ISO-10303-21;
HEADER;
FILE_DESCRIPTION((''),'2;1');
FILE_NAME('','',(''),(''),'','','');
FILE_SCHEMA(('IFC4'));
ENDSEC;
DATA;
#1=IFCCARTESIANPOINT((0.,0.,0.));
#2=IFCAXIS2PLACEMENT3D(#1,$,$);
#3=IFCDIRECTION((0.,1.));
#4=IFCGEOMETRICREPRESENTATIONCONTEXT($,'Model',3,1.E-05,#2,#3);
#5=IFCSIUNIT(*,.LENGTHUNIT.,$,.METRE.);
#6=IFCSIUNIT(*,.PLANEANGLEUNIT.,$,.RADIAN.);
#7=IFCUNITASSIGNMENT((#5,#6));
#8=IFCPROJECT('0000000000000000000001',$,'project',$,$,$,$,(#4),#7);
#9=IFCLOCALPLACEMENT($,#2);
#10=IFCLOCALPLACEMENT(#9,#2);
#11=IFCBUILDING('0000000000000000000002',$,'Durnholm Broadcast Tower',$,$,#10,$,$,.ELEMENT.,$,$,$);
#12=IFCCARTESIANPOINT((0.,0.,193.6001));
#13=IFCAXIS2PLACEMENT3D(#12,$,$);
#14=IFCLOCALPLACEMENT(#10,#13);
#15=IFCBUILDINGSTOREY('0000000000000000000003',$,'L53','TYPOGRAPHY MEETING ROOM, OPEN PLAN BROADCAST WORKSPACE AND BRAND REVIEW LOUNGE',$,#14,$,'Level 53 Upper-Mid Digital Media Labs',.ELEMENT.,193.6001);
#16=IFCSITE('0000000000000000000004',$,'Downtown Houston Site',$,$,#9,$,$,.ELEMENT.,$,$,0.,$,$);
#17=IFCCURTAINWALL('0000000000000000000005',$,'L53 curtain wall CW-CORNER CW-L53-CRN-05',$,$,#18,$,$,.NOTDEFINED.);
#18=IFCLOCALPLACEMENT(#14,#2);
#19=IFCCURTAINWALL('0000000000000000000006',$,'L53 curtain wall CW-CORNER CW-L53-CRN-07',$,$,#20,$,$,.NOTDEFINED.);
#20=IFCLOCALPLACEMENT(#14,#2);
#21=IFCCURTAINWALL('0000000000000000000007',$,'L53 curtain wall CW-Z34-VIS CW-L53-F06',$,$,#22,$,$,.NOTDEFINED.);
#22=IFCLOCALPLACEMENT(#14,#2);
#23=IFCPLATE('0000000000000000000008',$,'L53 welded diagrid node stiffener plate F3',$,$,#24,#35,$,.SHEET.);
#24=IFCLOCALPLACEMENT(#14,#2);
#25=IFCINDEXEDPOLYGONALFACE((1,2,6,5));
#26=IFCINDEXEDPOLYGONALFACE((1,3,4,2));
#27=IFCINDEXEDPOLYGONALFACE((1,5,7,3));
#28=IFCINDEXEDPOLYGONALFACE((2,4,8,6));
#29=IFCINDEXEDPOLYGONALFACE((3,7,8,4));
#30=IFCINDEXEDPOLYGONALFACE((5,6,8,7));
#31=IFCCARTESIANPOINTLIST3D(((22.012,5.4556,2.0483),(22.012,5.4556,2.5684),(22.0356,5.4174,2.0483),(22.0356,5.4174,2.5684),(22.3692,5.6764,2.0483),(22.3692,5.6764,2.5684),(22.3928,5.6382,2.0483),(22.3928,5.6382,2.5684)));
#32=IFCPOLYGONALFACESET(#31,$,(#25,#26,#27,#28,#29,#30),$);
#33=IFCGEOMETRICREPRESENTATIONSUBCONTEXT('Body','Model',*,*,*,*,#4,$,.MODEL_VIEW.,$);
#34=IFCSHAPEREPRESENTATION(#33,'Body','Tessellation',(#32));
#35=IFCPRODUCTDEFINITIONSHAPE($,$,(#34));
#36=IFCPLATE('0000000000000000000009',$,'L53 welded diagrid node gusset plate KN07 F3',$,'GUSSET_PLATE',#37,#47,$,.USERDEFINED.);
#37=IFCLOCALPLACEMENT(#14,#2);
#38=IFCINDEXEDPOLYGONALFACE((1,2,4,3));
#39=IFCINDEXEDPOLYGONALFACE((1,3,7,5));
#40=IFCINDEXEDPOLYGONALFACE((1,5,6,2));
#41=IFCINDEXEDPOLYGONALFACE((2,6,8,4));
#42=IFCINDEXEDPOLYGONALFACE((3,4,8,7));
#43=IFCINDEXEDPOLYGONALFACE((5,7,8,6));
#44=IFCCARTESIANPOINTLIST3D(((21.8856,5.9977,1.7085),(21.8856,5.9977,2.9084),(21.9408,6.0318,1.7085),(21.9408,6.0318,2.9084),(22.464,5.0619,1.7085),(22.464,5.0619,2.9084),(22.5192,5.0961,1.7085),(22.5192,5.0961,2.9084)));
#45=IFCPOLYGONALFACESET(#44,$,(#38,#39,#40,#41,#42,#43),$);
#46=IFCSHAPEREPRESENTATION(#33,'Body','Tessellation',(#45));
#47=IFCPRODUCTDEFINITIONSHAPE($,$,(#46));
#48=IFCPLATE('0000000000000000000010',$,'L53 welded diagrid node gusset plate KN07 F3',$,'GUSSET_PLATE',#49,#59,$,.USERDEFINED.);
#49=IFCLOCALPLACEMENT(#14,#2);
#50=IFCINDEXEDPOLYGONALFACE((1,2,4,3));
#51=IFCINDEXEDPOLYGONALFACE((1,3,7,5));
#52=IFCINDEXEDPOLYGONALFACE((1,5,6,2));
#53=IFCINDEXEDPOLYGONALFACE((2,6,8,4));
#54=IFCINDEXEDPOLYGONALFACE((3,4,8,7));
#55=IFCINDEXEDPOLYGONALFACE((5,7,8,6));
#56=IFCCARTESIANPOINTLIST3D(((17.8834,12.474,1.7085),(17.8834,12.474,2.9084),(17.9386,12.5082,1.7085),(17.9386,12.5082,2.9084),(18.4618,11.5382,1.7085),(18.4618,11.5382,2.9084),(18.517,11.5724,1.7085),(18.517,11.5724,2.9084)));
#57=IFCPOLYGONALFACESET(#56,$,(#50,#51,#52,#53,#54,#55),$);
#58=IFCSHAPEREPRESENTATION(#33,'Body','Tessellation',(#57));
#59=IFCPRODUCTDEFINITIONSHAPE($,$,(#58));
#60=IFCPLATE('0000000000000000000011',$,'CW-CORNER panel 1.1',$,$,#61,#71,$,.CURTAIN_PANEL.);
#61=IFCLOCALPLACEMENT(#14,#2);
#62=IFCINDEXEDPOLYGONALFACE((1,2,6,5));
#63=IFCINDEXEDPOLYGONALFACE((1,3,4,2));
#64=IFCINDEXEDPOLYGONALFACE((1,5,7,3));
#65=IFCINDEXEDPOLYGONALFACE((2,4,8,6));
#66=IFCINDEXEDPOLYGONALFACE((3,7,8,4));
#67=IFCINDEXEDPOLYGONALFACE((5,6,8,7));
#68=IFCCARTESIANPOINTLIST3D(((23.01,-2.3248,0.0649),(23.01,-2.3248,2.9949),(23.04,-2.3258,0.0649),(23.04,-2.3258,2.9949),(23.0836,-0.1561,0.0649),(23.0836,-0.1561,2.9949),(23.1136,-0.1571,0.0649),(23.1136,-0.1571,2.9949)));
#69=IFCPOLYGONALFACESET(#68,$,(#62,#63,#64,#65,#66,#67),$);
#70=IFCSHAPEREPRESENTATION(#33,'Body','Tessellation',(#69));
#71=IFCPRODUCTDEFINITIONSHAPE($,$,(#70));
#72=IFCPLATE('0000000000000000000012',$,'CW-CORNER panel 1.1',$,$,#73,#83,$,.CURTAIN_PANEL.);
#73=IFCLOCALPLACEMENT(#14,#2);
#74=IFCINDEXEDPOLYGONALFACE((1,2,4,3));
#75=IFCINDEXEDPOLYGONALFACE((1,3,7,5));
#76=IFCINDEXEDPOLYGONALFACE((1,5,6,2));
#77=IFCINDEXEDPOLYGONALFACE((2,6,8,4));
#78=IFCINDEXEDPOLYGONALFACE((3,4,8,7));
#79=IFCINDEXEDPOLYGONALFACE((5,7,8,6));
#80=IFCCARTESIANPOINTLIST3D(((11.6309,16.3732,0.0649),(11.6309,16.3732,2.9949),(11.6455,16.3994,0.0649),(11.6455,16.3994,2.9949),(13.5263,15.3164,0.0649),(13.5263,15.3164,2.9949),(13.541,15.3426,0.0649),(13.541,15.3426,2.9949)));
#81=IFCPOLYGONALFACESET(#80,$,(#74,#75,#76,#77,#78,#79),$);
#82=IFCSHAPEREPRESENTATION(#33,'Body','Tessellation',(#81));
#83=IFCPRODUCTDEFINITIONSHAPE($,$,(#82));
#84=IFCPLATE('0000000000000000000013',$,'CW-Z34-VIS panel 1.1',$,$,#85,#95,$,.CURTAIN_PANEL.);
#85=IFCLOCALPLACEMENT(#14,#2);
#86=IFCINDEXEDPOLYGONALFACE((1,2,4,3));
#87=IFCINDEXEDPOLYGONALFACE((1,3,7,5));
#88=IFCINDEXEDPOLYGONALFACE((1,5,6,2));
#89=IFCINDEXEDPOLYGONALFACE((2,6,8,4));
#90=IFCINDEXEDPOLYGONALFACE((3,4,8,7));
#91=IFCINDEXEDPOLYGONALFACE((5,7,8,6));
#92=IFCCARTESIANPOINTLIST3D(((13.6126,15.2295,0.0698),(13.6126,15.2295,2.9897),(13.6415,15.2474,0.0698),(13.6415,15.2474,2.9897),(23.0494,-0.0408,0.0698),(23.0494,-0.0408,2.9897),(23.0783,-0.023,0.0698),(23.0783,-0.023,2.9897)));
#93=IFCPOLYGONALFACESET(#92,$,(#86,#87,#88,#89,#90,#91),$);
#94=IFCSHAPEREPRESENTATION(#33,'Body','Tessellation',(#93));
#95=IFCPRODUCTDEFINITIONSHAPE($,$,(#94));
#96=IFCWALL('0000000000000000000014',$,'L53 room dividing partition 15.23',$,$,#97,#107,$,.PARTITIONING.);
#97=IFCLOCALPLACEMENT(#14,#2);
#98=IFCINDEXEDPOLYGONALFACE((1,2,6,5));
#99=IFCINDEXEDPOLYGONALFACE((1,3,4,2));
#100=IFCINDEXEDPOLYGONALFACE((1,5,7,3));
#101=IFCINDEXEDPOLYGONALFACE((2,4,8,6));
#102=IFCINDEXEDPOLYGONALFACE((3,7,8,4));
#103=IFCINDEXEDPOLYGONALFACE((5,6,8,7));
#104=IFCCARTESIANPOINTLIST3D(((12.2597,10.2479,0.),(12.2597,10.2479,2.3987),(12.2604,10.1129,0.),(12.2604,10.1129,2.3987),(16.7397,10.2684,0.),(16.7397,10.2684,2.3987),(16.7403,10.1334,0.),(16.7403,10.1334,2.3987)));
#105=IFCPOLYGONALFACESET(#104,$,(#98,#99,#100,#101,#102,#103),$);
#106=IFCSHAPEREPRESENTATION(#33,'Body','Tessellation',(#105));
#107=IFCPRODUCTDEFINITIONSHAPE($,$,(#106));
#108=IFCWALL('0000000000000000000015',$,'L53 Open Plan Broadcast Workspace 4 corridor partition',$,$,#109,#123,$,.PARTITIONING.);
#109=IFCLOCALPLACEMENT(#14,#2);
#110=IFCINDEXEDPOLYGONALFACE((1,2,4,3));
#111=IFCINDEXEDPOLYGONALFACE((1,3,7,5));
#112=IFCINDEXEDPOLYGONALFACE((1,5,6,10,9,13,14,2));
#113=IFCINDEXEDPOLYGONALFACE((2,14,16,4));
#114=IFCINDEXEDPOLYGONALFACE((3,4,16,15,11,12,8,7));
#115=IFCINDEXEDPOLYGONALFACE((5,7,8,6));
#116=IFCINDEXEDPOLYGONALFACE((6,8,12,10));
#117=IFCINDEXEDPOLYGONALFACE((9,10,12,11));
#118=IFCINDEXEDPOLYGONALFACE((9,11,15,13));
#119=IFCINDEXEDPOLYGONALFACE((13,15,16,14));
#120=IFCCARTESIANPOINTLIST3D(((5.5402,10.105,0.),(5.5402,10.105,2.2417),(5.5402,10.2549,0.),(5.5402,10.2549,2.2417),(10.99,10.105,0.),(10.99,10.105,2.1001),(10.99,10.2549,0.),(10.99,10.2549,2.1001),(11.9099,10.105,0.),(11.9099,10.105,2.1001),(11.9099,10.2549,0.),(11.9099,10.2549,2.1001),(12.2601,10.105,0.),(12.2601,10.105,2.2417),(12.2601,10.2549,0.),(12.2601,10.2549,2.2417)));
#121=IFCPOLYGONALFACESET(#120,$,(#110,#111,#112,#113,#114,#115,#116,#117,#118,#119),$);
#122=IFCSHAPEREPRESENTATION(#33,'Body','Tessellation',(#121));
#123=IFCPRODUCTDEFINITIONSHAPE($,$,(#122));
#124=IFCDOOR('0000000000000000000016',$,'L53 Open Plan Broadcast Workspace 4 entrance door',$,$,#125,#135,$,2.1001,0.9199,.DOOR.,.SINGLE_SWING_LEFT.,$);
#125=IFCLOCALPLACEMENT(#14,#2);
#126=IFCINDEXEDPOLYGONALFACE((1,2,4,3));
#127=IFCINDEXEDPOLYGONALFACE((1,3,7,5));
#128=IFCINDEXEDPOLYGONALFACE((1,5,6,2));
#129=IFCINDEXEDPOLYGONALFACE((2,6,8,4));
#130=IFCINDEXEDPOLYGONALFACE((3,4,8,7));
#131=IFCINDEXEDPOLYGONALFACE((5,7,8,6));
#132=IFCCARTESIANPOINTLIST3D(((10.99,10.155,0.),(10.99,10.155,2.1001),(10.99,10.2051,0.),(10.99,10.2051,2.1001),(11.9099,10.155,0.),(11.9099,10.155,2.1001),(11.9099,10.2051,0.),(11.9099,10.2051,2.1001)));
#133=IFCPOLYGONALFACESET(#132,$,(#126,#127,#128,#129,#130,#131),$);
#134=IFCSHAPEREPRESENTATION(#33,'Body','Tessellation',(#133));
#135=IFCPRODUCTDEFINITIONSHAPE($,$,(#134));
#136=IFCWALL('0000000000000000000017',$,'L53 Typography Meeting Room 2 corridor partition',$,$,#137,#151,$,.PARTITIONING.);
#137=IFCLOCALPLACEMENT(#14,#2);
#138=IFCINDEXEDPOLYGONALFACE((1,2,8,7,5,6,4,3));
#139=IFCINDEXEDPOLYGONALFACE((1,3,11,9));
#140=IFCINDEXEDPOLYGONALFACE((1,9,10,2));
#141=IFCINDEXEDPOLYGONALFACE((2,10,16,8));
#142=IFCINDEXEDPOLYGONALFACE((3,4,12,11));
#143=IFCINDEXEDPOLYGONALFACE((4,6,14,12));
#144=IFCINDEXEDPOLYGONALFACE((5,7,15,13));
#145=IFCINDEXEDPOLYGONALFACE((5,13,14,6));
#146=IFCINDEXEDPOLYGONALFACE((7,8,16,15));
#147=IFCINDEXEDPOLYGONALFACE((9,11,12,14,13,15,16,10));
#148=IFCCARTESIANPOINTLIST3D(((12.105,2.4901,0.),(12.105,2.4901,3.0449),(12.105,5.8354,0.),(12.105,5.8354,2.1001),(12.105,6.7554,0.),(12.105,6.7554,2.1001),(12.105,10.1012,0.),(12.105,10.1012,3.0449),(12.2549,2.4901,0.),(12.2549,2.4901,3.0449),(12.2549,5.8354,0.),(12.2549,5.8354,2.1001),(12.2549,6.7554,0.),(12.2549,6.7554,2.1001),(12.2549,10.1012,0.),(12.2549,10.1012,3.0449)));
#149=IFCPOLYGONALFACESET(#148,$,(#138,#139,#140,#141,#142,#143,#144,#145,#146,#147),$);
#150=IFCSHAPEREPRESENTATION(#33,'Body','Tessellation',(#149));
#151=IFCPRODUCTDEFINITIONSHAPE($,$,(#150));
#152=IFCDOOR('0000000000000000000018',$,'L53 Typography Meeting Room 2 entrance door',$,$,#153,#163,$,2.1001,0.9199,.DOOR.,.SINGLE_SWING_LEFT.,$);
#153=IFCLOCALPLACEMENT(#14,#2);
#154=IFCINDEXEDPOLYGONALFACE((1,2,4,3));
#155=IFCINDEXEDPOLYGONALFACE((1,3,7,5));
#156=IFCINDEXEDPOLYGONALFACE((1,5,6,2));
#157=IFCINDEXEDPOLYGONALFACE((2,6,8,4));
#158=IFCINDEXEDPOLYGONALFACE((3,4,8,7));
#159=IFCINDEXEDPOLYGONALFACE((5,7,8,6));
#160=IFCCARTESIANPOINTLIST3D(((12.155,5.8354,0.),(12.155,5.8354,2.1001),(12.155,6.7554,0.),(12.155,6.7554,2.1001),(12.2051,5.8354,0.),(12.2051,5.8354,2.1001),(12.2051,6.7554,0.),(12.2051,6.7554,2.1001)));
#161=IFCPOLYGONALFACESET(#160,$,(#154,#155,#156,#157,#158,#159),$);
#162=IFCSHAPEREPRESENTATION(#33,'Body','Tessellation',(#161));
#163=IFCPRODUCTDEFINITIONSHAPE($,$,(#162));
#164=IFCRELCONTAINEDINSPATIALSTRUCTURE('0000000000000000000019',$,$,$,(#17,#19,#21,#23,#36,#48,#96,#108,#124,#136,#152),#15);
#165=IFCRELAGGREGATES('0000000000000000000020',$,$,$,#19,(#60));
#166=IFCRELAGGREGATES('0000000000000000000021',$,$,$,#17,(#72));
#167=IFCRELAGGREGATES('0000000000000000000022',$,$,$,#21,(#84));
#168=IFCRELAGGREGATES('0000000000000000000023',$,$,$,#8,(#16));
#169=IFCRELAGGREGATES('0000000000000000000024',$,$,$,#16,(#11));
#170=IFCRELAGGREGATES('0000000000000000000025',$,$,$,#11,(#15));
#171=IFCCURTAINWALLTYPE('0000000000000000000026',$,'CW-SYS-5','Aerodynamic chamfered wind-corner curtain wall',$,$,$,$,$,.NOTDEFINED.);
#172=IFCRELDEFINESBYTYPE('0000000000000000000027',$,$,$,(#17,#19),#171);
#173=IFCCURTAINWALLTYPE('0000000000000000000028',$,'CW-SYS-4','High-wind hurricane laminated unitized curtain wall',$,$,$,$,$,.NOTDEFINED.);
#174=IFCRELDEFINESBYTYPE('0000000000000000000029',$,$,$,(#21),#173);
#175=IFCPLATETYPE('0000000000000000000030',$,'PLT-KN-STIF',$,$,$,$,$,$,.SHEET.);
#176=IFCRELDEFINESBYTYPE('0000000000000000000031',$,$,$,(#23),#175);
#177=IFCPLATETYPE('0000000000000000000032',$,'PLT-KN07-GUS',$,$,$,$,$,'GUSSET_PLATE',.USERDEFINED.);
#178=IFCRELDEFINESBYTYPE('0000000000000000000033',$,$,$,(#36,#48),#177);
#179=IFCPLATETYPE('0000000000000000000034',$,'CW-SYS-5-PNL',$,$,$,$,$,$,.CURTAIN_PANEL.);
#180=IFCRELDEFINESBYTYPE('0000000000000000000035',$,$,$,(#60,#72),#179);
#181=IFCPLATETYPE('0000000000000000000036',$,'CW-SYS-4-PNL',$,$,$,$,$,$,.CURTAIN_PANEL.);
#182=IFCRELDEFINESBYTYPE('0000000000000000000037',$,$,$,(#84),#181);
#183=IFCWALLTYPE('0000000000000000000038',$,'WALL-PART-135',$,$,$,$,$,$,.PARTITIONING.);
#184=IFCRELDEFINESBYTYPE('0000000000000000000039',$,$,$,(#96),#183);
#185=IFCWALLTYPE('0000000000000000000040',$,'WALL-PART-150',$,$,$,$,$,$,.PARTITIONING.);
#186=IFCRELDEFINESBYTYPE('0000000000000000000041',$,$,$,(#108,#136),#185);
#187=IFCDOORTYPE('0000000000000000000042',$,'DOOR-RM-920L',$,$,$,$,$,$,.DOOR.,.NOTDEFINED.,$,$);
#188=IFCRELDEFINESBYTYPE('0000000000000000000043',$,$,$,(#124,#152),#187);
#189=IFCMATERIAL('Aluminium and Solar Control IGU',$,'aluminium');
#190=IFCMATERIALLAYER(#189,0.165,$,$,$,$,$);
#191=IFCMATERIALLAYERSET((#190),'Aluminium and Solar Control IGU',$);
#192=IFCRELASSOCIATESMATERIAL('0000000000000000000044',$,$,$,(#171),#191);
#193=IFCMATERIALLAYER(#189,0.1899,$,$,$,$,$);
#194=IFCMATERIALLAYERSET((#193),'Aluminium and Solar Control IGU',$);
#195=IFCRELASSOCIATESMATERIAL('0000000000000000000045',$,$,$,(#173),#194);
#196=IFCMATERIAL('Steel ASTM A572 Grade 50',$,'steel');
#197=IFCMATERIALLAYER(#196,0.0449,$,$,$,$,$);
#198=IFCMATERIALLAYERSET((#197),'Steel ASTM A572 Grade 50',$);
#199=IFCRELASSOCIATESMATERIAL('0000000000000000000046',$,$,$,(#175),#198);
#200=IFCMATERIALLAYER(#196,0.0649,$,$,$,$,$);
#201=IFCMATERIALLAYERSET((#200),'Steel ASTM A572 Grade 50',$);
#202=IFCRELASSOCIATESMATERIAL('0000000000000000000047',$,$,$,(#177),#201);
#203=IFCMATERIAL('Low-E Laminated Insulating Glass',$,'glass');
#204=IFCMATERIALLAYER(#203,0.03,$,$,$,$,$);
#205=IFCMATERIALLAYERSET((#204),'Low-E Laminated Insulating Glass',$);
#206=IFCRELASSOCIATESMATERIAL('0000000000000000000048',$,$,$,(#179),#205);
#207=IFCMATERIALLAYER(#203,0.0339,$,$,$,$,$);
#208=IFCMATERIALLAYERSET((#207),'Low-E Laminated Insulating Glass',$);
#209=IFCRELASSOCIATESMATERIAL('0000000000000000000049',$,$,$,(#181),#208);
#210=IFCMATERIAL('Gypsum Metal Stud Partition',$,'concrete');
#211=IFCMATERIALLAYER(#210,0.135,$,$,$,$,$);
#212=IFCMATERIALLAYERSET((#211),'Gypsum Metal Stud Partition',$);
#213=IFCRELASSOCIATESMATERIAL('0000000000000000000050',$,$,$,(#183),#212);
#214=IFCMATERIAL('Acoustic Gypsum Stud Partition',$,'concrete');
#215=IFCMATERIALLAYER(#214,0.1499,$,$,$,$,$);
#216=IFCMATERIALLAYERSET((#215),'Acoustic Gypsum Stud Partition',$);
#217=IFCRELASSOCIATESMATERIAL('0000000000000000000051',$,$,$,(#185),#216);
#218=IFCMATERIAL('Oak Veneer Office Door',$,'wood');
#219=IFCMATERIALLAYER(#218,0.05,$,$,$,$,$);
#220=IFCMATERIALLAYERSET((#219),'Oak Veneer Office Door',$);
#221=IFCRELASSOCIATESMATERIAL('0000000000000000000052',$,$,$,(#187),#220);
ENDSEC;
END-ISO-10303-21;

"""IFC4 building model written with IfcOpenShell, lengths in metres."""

from ifc_helpers import new_model, si_unit, direction, frame, frame_2d, origin, origin_2d, place, context, subcontext, project, spatial, rectangle, extrude, source, transform, mapped, material, layer, layer_set, type_object, type_shapes, element, fill, aggregate, save


model = new_model("IFC4")

# Units and contexts
model_context = context("Model", 3, precision=1e-05, world=origin(), true_north=direction((0.0, 1.0)))
body_context = subcontext(model_context, "Body", "Model", "MODEL_VIEW")
ifc_project = project(units=[si_unit("LENGTHUNIT", "METRE"), si_unit("PLANEANGLEUNIT", "RADIAN")], contexts=[model_context])

# Site, building, storey
site_placement = place(None, origin())
site = spatial("IfcSite", under=ifc_project, at=site_placement, Name="Downtown Houston Site", CompositionType="ELEMENT", RefElevation=0.0)
building_placement = place(site_placement, origin())
building = spatial("IfcBuilding", under=site, at=building_placement, Name="Durnholm Broadcast Tower", CompositionType="ELEMENT")
storey_placement = place(building_placement, frame((0.0, 0.0, 193.6001)))
storey = spatial("IfcBuildingStorey", under=building, at=storey_placement, Name="L53", Description="TYPOGRAPHY MEETING ROOM, OPEN PLAN BROADCAST WORKSPACE AND BRAND REVIEW LOUNGE", LongName="Level 53 Upper-Mid Digital Media Labs", CompositionType="ELEMENT", Elevation=193.6001)

# Curtain wall
ifc_material_1 = material(Name="Aluminium and Solar Control IGU", Category="aluminium")
ifc_layer_1 = layer(ifc_material_1, 0.165)
ifc_layer_set_1 = layer_set([ifc_layer_1], Name="Aluminium and Solar Control IGU")
curtain_wall_type_1 = type_object("IfcCurtainWallType", Name="CW-SYS-5", Description="Aerodynamic chamfered wind-corner curtain wall", PredefinedType="NOTDEFINED", material=ifc_layer_set_1)
curtain_wall_1_placement = place(storey_placement, origin())
curtain_wall_1 = element("IfcCurtainWall", 1, at=curtain_wall_1_placement, inside=storey, type_object=curtain_wall_type_1, Name="L53 curtain wall CW-CORNER CW-L53-CRN-05", PredefinedType="NOTDEFINED")

# Curtain wall
curtain_wall_2_placement = place(storey_placement, origin())
curtain_wall_2 = element("IfcCurtainWall", 2, at=curtain_wall_2_placement, inside=storey, type_object=curtain_wall_type_1, Name="L53 curtain wall CW-CORNER CW-L53-CRN-07", PredefinedType="NOTDEFINED")

# Curtain wall
ifc_layer_2 = layer(ifc_material_1, 0.1899)
ifc_layer_set_2 = layer_set([ifc_layer_2], Name="Aluminium and Solar Control IGU")
curtain_wall_type_2 = type_object("IfcCurtainWallType", Name="CW-SYS-4", Description="High-wind hurricane laminated unitized curtain wall", PredefinedType="NOTDEFINED", material=ifc_layer_set_2)
curtain_wall_3_placement = place(storey_placement, origin())
curtain_wall_3 = element("IfcCurtainWall", 3, at=curtain_wall_3_placement, inside=storey, type_object=curtain_wall_type_2, Name="L53 curtain wall CW-Z34-VIS CW-L53-F06", PredefinedType="NOTDEFINED")

# Plates
ifc_material_2 = material(Name="Steel ASTM A572 Grade 50", Category="steel")
ifc_layer_3 = layer(ifc_material_2, 0.0449)
ifc_layer_set_3 = layer_set([ifc_layer_3], Name="Steel ASTM A572 Grade 50")
plate_type_1 = type_object("IfcPlateType", Name="PLT-KN-STIF", PredefinedType="SHEET", material=ifc_layer_set_3)
shared_shape_1 = source(origin(), body_context, "Body", "SweptSolid", [
    extrude(rectangle(XDim=0.0449, YDim=0.4199, at=origin_2d()), origin(), (0.0, 0.0, 1.0), 0.52),
])
type_shapes(plate_type_1, [shared_shape_1])
plate_1_placement = place(storey_placement, frame((22.2024, 5.5469, 2.0483), z_axis=(0.0, 0.0, 1.0), x_axis=(-0.525769, 0.850628, 0.0)))
element("IfcPlate", 4, at=plate_1_placement, inside=storey, type_object=plate_type_1, Name="L53 welded diagrid node stiffener plate F3", PredefinedType="SHEET", context=body_context, shape_type="MappedRepresentation", body=[
    mapped(shared_shape_1, transform((0.0, 0.0, 0.0), x_axis=(1.0, 0.0, 0.0), y_axis=(0.0, 1.0, 0.0), z_axis=(0.0, 0.0, 1.0), scale=1.0)),
])
ifc_layer_4 = layer(ifc_material_2, 0.0649)
ifc_layer_set_4 = layer_set([ifc_layer_4], Name="Steel ASTM A572 Grade 50")
plate_type_2 = type_object("IfcPlateType", Name="PLT-KN07-GUS", ElementType="GUSSET_PLATE", PredefinedType="USERDEFINED", material=ifc_layer_set_4)
shared_shape_2 = source(origin(), body_context, "Body", "SweptSolid", [
    extrude(rectangle(XDim=1.1001, YDim=0.0649, at=origin_2d()), origin(), (0.0, 0.0, 1.0), 1.2),
])
type_shapes(plate_type_2, [shared_shape_2])
for number, where, z_axis, x_axis, name in (
    (5, (22.2024, 5.5469, 1.7085), (0.0, 0.0, 1.0), (-0.525769, 0.850628, 0.0), "L53 welded diagrid node gusset plate KN07 F3"),
    (6, (18.2002, 12.0232, 1.7085), (0.0, 0.0, 1.0), (-0.525769, 0.850628, 0.0), "L53 welded diagrid node gusset plate KN07 F3"),
):
    element("IfcPlate", number, at=place(storey_placement, frame(where, z_axis=z_axis, x_axis=x_axis)), inside=storey, type_object=plate_type_2, Name=name, ObjectType="GUSSET_PLATE", PredefinedType="USERDEFINED", context=body_context, shape_type="MappedRepresentation", body=[
        mapped(shared_shape_2, transform((0.0, 0.0, 0.0), x_axis=(1.0, 0.0, 0.0), y_axis=(0.0, 1.0, 0.0), z_axis=(0.0, 0.0, 1.0), scale=1.0)),
    ])

# Plates
ifc_material_3 = material(Name="Low-E Laminated Insulating Glass", Category="glass")
ifc_layer_5 = layer(ifc_material_3, 0.03)
ifc_layer_set_5 = layer_set([ifc_layer_5], Name="Low-E Laminated Insulating Glass")
plate_type_3 = type_object("IfcPlateType", Name="CW-SYS-5-PNL", PredefinedType="CURTAIN_PANEL", material=ifc_layer_set_5)
shared_shape_3 = source(origin(), body_context, "Body", "SweptSolid", [
    extrude(rectangle(XDim=2.1699, YDim=0.03, at=origin_2d()), origin(), (0.0, 0.0, 1.0), 2.9299),
])
plate_2_placement = place(storey_placement, frame((23.0618, -1.241, 0.0649), z_axis=(0.0, 0.0, 1.0), x_axis=(-0.033913, -0.999425, 0.0)))
plate_2 = element("IfcPlate", 7, at=plate_2_placement, type_object=plate_type_3, Name="CW-CORNER panel 1.1", PredefinedType="CURTAIN_PANEL", context=body_context, shape_type="MappedRepresentation", body=[
    mapped(shared_shape_3, transform((0.0, 0.0, 0.0), x_axis=(1.0, 0.0, 0.0), y_axis=(0.0, 1.0, 0.0), z_axis=(0.0, 0.0, 1.0), scale=1.0)),
])
aggregate(curtain_wall_2, [plate_2])
shared_shape_4 = source(origin(), body_context, "Body", "SweptSolid", [
    extrude(rectangle(XDim=2.1702, YDim=0.03, at=origin_2d()), origin(), (0.0, 0.0, 1.0), 2.9299),
])
type_shapes(plate_type_3, [shared_shape_3, shared_shape_4])
plate_3_placement = place(storey_placement, frame((12.5859, 15.8579, 0.0649), z_axis=(0.0, 0.0, 1.0), x_axis=(0.87341, -0.486986, 0.0)))
plate_3 = element("IfcPlate", 8, at=plate_3_placement, type_object=plate_type_3, Name="CW-CORNER panel 1.1", PredefinedType="CURTAIN_PANEL", context=body_context, shape_type="MappedRepresentation", body=[
    mapped(shared_shape_4, transform((0.0, 0.0, 0.0), x_axis=(1.0, 0.0, 0.0), y_axis=(0.0, 1.0, 0.0), z_axis=(0.0, 0.0, 1.0), scale=1.0)),
])
aggregate(curtain_wall_1, [plate_3])
ifc_layer_6 = layer(ifc_material_3, 0.0339)
ifc_layer_set_6 = layer_set([ifc_layer_6], Name="Low-E Laminated Insulating Glass")
plate_type_4 = type_object("IfcPlateType", Name="CW-SYS-4-PNL", PredefinedType="CURTAIN_PANEL", material=ifc_layer_set_6)
shared_shape_5 = source(origin(), body_context, "Body", "SweptSolid", [
    extrude(rectangle(XDim=17.9509, YDim=0.0339, at=origin_2d()), origin(), (0.0, 0.0, 1.0), 2.9199),
])
type_shapes(plate_type_4, [shared_shape_5])
plate_4_placement = place(storey_placement, frame((18.3455, 7.6033, 0.0698), z_axis=(0.0, 0.0, 1.0), x_axis=(0.525698, -0.850671, 0.0)))
plate_4 = element("IfcPlate", 9, at=plate_4_placement, type_object=plate_type_4, Name="CW-Z34-VIS panel 1.1", PredefinedType="CURTAIN_PANEL", context=body_context, shape_type="MappedRepresentation", body=[
    mapped(shared_shape_5, transform((0.0, 0.0, 0.0), x_axis=(1.0, 0.0, 0.0), y_axis=(0.0, 1.0, 0.0), z_axis=(0.0, 0.0, 1.0), scale=1.0)),
])
aggregate(curtain_wall_3, [plate_4])

# Wall
ifc_material_4 = material(Name="Gypsum Metal Stud Partition", Category="concrete")
ifc_layer_7 = layer(ifc_material_4, 0.135)
ifc_layer_set_7 = layer_set([ifc_layer_7], Name="Gypsum Metal Stud Partition")
wall_type_1 = type_object("IfcWallType", Name="WALL-PART-135", PredefinedType="PARTITIONING", material=ifc_layer_set_7)
wall_1_placement = place(storey_placement, frame((16.74, 10.2009, 0.0), z_axis=(0.0, 0.0, 1.0), x_axis=(-0.99999, -0.004578, 0.0)))
element("IfcWall", 10, at=wall_1_placement, inside=storey, type_object=wall_type_1, Name="L53 room dividing partition 15.23", PredefinedType="PARTITIONING", context=body_context, shape_type="SweptSolid", body=[
    extrude(rectangle(XDim=4.48, YDim=0.135, at=frame_2d((2.24, 0.0))), origin(), (0.0, 0.0, 1.0), 2.3987),
])

# Walls, openings, doors
ifc_material_5 = material(Name="Acoustic Gypsum Stud Partition", Category="concrete")
ifc_layer_8 = layer(ifc_material_5, 0.1499)
ifc_layer_set_8 = layer_set([ifc_layer_8], Name="Acoustic Gypsum Stud Partition")
wall_type_2 = type_object("IfcWallType", Name="WALL-PART-150", PredefinedType="PARTITIONING", material=ifc_layer_set_8)
wall_2_placement = place(storey_placement, frame((12.26, 10.1799, 0.0), z_axis=(0.0, 0.0, 1.0), x_axis=(-1.0, 0.0, 0.0)))
wall_2 = element("IfcWall", 11, at=wall_2_placement, inside=storey, type_object=wall_type_2, Name="L53 Open Plan Broadcast Workspace 4 corridor partition", PredefinedType="PARTITIONING", context=body_context, shape_type="SweptSolid", body=[
    extrude(rectangle(XDim=6.72, YDim=0.1499, at=frame_2d((3.3599, 0.0))), origin(), (0.0, 0.0, 1.0), 2.2417),
])
opening_1_placement = place(wall_2_placement, frame((0.3501, 0.0, 0.0)))
opening_1 = element("IfcOpeningElement", 12, at=opening_1_placement, cuts=wall_2, PredefinedType="OPENING", context=body_context, shape_type="SweptSolid", body=[
    extrude(rectangle(XDim=0.9199, YDim=2.1001, at=frame_2d((0.46, 1.05))), frame((0.0, 0.085, 0.0), z_axis=(0.0, -1.0, 0.0), x_axis=(1.0, 0.0, 0.0)), (0.0, 0.0, 1.0), 0.1699),
])
ifc_material_6 = material(Name="Oak Veneer Office Door", Category="wood")
ifc_layer_9 = layer(ifc_material_6, 0.05)
ifc_layer_set_9 = layer_set([ifc_layer_9], Name="Oak Veneer Office Door")
door_type = type_object("IfcDoorType", Name="DOOR-RM-920L", OperationType="NOTDEFINED", PredefinedType="DOOR", material=ifc_layer_set_9)
shared_shape_6 = source(origin(), body_context, "Body", "SweptSolid", [
    extrude(rectangle(XDim=0.9199, YDim=2.1001, at=frame_2d((0.46, 1.05))), frame((0.0, 0.0249, 0.0), z_axis=(0.0, -1.0, 0.0), x_axis=(1.0, 0.0, 0.0)), (0.0, 0.0, 1.0), 0.05),
])
type_shapes(door_type, [shared_shape_6])
door_1_placement = place(opening_1_placement, origin())
door_1 = element("IfcDoor", 13, at=door_1_placement, inside=storey, type_object=door_type, Name="L53 Open Plan Broadcast Workspace 4 entrance door", OperationType="SINGLE_SWING_LEFT", OverallHeight=2.1001, OverallWidth=0.9199, PredefinedType="DOOR", context=body_context, shape_type="MappedRepresentation", body=[
    mapped(shared_shape_6, transform((0.0, 0.0, 0.0), x_axis=(1.0, 0.0, 0.0), y_axis=(0.0, 1.0, 0.0), z_axis=(0.0, 0.0, 1.0), scale=1.0)),
])
fill(opening_1, door_1)
wall_3_placement = place(storey_placement, frame((12.1799, 2.49, 0.0), z_axis=(0.0, 0.0, 1.0), x_axis=(0.0, 1.0, 0.0)))
wall_3 = element("IfcWall", 14, at=wall_3_placement, inside=storey, type_object=wall_type_2, Name="L53 Typography Meeting Room 2 corridor partition", PredefinedType="PARTITIONING", context=body_context, shape_type="SweptSolid", body=[
    extrude(rectangle(XDim=7.6111, YDim=0.1499, at=frame_2d((3.8057, 0.0))), origin(), (0.0, 0.0, 1.0), 3.0449),
])
opening_2_placement = place(wall_3_placement, frame((3.3455, 0.0, 0.0)))
opening_2 = element("IfcOpeningElement", 15, at=opening_2_placement, cuts=wall_3, PredefinedType="OPENING", context=body_context, shape_type="SweptSolid", body=[
    extrude(rectangle(XDim=0.9199, YDim=2.1001, at=frame_2d((0.46, 1.05))), frame((0.0, 0.085, 0.0), z_axis=(0.0, -1.0, 0.0), x_axis=(1.0, 0.0, 0.0)), (0.0, 0.0, 1.0), 0.1699),
])
door_2_placement = place(opening_2_placement, origin())
door_2 = element("IfcDoor", 16, at=door_2_placement, inside=storey, type_object=door_type, Name="L53 Typography Meeting Room 2 entrance door", OperationType="SINGLE_SWING_LEFT", OverallHeight=2.1001, OverallWidth=0.9199, PredefinedType="DOOR", context=body_context, shape_type="MappedRepresentation", body=[
    mapped(shared_shape_6, transform((0.0, 0.0, 0.0), x_axis=(1.0, 0.0, 0.0), y_axis=(0.0, 1.0, 0.0), z_axis=(0.0, 0.0, 1.0), scale=1.0)),
])
fill(opening_2, door_2)

save(model, "model.ifc")
